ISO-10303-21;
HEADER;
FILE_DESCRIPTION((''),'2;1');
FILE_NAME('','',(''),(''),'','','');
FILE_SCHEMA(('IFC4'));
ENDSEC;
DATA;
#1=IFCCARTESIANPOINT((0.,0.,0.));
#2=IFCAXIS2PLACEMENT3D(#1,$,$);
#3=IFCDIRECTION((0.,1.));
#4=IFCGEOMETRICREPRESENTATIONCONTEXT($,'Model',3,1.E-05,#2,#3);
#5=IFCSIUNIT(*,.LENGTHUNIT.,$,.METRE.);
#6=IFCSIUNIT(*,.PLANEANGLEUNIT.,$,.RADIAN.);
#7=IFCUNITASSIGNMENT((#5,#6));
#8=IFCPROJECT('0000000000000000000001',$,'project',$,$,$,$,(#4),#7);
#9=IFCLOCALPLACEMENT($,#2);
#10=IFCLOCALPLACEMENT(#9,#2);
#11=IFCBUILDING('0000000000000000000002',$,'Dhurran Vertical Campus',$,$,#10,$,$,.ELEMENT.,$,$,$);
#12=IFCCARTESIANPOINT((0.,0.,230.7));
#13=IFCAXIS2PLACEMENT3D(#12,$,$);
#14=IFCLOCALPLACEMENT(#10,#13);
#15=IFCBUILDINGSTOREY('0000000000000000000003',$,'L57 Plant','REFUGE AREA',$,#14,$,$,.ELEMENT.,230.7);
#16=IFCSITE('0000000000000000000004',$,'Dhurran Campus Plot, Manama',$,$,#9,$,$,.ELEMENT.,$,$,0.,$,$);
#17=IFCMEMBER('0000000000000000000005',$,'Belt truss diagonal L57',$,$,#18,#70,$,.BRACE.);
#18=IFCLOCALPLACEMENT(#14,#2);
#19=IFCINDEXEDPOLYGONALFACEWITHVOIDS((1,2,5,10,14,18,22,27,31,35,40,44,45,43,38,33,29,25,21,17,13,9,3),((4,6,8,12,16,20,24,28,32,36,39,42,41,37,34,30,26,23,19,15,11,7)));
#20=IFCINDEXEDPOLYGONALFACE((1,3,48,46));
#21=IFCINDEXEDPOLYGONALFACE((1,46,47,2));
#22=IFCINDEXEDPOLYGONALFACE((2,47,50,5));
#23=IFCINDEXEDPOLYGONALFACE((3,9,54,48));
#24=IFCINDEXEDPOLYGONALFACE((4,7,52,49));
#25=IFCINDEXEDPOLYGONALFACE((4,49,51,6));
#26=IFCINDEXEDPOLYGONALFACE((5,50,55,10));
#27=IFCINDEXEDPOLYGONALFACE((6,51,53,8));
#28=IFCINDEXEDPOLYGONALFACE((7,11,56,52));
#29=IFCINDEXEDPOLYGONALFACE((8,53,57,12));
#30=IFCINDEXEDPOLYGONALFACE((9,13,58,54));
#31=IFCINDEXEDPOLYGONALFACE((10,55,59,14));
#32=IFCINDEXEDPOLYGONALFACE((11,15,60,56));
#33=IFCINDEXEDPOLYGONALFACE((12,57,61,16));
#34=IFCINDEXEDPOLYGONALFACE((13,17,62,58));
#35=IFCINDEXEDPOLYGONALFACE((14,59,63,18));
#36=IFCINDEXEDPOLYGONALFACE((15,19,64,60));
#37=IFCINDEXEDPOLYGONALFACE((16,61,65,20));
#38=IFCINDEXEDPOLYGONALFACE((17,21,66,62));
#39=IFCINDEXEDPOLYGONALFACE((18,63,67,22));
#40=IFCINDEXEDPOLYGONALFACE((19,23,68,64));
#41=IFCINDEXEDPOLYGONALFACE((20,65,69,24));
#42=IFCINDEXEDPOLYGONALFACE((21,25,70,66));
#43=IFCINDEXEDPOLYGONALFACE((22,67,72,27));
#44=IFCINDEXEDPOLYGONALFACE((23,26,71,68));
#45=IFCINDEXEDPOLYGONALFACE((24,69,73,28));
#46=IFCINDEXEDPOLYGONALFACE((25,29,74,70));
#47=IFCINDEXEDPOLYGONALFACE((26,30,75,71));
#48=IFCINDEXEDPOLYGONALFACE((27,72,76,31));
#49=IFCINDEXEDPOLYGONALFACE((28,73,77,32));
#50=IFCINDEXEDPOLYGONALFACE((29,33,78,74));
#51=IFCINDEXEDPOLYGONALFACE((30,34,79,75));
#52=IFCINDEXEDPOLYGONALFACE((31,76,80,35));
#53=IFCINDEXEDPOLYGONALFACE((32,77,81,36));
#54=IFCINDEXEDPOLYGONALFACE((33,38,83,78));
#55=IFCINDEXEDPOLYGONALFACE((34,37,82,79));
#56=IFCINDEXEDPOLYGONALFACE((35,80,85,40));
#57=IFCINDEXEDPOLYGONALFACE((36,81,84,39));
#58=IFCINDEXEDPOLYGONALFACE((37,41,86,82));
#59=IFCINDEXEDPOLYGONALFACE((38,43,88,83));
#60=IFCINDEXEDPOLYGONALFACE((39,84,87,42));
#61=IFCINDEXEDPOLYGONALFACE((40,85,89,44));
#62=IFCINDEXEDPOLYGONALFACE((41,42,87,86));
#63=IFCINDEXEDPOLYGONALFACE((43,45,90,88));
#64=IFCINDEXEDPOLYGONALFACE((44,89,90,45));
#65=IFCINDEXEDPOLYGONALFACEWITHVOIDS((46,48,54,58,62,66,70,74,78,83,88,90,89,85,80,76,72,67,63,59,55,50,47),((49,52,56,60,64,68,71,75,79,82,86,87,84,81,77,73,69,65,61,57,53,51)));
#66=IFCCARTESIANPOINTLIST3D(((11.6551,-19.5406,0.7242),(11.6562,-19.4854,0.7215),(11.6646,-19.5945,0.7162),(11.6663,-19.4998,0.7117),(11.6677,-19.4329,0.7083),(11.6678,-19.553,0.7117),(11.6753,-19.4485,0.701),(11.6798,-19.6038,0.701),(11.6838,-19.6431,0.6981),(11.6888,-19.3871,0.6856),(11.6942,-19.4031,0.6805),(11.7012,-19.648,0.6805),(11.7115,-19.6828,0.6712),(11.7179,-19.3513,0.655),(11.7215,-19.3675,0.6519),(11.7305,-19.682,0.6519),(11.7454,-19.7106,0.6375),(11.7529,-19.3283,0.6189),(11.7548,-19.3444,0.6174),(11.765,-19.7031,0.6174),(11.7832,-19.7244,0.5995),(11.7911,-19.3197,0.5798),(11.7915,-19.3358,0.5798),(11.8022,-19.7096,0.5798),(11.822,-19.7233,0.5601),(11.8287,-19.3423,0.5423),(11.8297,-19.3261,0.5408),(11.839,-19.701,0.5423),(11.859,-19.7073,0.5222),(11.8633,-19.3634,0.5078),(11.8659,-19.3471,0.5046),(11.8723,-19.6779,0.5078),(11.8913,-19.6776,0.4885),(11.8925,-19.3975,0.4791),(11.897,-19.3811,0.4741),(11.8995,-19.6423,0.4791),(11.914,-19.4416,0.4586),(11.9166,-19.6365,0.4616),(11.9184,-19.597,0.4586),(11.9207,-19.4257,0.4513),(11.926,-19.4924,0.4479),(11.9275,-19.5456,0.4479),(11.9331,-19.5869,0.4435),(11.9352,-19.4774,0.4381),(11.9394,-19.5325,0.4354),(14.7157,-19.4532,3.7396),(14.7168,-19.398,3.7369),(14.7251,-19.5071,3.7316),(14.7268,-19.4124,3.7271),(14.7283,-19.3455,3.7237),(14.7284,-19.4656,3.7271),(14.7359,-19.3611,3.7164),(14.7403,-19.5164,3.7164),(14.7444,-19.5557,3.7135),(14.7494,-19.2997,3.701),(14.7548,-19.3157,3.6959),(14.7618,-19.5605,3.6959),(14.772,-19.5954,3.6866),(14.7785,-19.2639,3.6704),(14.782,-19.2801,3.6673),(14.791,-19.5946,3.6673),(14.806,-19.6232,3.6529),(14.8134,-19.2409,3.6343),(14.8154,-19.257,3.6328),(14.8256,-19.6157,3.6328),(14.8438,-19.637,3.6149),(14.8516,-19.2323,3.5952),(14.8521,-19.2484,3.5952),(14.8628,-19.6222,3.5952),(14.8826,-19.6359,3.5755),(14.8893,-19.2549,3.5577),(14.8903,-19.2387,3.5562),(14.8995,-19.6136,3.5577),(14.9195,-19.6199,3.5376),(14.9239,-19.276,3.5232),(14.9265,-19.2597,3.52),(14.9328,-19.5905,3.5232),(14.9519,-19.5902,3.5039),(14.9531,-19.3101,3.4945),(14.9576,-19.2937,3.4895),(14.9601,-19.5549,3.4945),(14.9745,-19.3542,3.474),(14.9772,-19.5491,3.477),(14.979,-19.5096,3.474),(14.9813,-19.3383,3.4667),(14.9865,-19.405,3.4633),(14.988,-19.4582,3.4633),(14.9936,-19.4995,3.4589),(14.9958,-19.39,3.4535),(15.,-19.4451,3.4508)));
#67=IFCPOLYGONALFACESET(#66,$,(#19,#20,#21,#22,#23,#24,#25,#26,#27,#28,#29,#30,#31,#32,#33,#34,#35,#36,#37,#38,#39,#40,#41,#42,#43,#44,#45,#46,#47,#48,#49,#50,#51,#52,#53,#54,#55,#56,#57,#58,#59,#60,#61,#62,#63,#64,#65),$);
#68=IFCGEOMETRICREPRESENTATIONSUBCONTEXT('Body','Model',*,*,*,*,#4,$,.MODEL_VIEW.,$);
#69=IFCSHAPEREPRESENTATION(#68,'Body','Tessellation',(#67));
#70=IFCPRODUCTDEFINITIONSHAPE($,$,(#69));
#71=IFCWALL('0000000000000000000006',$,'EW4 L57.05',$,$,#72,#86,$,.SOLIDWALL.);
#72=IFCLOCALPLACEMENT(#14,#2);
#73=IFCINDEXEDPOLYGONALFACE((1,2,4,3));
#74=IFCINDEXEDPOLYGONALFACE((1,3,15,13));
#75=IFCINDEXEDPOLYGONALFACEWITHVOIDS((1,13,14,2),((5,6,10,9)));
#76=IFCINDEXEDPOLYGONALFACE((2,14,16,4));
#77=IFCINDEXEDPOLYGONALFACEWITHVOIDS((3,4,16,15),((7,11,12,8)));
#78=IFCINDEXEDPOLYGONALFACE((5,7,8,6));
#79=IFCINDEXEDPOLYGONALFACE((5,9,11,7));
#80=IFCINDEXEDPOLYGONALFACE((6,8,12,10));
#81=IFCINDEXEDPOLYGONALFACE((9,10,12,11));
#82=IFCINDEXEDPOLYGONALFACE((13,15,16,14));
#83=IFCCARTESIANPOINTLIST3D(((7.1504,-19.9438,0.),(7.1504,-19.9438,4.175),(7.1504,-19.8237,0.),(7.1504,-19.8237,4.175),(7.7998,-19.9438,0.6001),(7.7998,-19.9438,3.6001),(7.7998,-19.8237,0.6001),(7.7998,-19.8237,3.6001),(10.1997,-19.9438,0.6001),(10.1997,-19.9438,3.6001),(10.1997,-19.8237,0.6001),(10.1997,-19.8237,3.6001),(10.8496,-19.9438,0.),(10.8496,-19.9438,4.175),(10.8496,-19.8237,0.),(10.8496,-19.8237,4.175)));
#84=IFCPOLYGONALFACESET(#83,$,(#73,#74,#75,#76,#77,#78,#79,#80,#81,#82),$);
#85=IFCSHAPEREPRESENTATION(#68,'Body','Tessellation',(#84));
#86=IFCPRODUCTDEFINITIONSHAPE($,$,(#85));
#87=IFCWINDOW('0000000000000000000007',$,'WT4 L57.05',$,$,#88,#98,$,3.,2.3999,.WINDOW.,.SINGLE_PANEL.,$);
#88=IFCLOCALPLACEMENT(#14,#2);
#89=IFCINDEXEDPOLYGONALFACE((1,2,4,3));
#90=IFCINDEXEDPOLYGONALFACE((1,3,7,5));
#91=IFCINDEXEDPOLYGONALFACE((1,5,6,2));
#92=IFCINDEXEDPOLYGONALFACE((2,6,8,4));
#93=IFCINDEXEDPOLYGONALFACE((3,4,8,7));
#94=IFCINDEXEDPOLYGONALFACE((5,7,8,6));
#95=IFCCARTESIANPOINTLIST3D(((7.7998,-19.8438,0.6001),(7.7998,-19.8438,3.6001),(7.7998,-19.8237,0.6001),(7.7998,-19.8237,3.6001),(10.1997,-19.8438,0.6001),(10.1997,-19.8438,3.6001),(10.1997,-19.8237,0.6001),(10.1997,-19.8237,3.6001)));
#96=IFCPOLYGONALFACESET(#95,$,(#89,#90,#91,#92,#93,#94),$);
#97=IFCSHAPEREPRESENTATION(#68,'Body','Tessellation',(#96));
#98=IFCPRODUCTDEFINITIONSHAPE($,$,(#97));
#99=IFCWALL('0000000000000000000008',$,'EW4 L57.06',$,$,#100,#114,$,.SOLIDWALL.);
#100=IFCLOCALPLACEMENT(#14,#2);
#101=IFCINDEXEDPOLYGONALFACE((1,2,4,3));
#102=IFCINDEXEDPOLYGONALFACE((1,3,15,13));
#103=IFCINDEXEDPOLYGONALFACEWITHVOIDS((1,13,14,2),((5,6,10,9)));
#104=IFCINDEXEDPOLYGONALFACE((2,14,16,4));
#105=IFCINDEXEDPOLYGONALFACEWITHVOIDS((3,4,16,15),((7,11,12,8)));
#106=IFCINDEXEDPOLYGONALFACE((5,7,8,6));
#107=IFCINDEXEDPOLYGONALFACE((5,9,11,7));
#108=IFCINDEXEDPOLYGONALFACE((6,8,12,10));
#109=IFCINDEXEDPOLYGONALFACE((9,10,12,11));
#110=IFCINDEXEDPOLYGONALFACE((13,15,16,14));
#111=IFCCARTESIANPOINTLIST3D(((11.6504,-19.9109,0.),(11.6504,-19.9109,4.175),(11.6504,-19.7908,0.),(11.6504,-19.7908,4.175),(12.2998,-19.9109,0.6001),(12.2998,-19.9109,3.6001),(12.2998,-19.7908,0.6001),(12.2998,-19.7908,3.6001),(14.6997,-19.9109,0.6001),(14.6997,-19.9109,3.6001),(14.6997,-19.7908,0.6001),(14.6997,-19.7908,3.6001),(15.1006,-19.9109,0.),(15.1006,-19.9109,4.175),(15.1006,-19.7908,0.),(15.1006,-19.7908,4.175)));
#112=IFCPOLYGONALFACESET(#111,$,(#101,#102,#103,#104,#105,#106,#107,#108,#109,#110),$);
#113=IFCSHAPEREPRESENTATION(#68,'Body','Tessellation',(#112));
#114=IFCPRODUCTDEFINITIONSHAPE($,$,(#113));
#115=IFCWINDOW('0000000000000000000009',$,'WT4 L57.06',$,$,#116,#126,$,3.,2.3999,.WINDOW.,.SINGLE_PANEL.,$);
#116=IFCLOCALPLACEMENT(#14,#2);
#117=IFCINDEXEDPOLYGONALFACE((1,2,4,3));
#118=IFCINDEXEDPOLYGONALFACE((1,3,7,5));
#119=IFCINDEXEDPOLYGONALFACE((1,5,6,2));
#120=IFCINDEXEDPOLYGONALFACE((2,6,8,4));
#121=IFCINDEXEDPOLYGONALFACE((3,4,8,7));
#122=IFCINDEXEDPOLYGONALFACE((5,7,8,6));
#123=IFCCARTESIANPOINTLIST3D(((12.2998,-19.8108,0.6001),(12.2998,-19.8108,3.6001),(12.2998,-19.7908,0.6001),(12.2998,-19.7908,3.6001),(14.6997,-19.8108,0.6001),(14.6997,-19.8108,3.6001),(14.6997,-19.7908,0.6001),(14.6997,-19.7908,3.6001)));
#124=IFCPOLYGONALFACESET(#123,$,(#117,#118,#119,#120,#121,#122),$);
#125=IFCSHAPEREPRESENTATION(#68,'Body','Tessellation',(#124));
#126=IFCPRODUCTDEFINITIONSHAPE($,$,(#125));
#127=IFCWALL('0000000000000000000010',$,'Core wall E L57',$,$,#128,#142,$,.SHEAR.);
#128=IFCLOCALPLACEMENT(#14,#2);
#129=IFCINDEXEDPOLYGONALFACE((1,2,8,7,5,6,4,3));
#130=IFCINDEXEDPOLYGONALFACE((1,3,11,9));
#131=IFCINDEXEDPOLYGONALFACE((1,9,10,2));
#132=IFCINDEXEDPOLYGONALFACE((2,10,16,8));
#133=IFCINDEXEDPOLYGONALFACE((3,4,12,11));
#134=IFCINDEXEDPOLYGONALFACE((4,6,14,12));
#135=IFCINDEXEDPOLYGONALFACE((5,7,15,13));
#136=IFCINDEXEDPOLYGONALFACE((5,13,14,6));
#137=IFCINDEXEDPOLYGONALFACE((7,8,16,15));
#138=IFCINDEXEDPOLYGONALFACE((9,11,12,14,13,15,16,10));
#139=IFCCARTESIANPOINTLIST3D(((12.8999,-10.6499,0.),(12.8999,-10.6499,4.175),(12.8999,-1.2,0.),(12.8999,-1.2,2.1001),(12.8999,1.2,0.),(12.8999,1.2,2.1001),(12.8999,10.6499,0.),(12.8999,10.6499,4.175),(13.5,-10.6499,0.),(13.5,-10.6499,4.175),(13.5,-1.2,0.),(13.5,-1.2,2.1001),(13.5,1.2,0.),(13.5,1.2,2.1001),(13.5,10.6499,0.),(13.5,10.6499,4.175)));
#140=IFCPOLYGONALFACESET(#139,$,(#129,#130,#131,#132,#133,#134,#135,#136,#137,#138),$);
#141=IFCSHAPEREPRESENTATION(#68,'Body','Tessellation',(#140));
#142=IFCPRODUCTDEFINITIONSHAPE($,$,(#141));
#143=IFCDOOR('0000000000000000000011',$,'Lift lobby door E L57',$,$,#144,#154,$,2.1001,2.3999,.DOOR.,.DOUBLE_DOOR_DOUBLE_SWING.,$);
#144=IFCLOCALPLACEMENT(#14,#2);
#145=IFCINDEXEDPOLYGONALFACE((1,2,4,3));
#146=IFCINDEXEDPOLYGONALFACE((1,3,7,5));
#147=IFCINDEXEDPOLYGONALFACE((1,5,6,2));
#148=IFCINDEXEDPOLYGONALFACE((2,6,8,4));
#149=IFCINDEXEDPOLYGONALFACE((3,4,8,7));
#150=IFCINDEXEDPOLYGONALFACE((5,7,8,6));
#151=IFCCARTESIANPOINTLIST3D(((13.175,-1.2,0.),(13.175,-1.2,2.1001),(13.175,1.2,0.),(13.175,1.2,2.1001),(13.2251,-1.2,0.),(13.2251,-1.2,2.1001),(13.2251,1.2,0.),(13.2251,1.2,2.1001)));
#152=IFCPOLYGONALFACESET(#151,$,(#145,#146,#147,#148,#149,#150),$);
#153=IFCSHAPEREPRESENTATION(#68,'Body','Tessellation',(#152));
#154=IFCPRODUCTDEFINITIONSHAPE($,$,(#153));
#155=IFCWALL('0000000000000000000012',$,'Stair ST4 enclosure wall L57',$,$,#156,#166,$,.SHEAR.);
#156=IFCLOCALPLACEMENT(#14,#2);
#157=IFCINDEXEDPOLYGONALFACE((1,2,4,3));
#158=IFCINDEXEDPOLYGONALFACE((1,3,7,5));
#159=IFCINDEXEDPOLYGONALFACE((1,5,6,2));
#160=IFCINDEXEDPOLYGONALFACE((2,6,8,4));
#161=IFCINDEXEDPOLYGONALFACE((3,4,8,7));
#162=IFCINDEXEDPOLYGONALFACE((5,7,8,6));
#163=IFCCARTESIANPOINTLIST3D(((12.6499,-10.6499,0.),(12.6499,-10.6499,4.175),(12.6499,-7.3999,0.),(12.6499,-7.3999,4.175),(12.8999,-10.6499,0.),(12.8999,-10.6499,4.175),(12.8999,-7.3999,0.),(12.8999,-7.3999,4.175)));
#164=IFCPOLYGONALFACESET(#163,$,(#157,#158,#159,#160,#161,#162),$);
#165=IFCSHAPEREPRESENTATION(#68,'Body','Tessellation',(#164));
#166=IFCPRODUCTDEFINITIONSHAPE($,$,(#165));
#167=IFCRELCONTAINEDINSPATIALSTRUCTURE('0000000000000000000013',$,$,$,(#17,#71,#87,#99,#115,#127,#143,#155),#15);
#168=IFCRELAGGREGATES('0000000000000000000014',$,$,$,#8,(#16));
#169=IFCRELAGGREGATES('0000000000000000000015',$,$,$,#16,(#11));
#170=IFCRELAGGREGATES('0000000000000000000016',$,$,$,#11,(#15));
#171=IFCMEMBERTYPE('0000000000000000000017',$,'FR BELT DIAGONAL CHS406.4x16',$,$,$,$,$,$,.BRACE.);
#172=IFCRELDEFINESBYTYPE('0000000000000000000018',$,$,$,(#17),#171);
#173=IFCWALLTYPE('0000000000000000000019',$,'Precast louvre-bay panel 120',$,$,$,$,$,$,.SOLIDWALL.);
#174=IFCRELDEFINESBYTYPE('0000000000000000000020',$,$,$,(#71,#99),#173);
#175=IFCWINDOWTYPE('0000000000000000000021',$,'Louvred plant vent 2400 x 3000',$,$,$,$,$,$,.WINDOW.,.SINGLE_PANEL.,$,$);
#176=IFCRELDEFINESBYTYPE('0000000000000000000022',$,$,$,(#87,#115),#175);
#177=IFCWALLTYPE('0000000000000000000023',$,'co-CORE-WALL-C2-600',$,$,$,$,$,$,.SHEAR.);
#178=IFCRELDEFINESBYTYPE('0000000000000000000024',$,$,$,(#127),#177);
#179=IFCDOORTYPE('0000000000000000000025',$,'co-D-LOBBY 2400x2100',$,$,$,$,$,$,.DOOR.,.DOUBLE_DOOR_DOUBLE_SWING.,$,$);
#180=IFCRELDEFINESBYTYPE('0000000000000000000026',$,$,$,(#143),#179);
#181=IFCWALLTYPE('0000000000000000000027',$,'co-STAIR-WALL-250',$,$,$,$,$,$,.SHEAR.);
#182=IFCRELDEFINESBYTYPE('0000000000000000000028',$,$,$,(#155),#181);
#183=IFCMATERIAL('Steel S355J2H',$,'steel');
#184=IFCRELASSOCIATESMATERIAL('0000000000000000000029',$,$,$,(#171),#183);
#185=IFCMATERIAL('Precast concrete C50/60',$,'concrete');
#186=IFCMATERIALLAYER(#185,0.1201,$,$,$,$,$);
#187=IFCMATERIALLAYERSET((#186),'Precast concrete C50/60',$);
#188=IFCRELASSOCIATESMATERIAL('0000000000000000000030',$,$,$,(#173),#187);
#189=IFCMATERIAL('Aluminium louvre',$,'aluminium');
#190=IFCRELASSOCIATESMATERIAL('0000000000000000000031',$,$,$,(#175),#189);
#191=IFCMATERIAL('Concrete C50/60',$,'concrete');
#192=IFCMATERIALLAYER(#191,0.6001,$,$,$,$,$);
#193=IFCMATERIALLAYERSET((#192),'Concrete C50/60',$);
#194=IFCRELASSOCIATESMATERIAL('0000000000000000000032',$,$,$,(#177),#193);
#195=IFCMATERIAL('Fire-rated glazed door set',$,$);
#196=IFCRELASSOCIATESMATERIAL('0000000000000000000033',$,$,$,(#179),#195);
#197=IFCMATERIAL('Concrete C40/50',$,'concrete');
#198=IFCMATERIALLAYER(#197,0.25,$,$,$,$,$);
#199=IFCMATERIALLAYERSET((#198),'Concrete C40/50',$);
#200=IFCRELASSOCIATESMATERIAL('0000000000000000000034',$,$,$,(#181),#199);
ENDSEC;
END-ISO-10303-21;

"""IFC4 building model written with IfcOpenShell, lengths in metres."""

from ifc_helpers import new_model, si_unit, direction, frame, frame_2d, origin, origin_2d, place, context, subcontext, project, spatial, rectangle, hollow_circle, extrude, material, layer, layer_set, material_profile, profile_set, type_object, element, fill, save


model = new_model("IFC4")

# Units and contexts
model_context = context("Model", 3, precision=1e-05, world=origin(), true_north=direction((0.0, 1.0)))
body_context = subcontext(model_context, "Body", "Model", "MODEL_VIEW")
ifc_project = project(units=[si_unit("LENGTHUNIT", "METRE"), si_unit("PLANEANGLEUNIT", "RADIAN")], contexts=[model_context])

# Site, building, storey
site_placement = place(None, origin())
site = spatial("IfcSite", under=ifc_project, at=site_placement, Name="Dhurran Campus Plot, Manama", CompositionType="ELEMENT", RefElevation=0.0)
building_placement = place(site_placement, origin())
building = spatial("IfcBuilding", under=site, at=building_placement, Name="Dhurran Vertical Campus", CompositionType="ELEMENT")
storey_placement = place(building_placement, frame((0.0, 0.0, 230.7)))
storey = spatial("IfcBuildingStorey", under=building, at=storey_placement, Name="L57 Plant", Description="REFUGE AREA", CompositionType="ELEMENT", Elevation=230.7)

# Member
ifc_material_1 = material(Name="Steel S355J2H", Category="steel")
ifc_material_profile_1 = material_profile(ifc_material_1, hollow_circle(Radius=0.2031, WallThickness=0.0161, at=origin_2d()), Name="CHS406.4x16")
ifc_profile_set_1 = profile_set([ifc_material_profile_1], Name="Steel S355J2H")
member_type = type_object("IfcMemberType", Name="FR BELT DIAGONAL CHS406.4x16", PredefinedType="BRACE", material=ifc_profile_set_1)
member_1_placement = place(storey_placement, frame((11.7969, -19.5227, 0.5798), z_axis=(0.712196, 0.020339, 0.701686), x_axis=(-0.028546, 0.999592, 0.0)))
element("IfcMember", 1, at=member_1_placement, inside=storey, type_object=member_type, Name="Belt truss diagonal L57", PredefinedType="BRACE", context=body_context, shape_type="SweptSolid", body=[
    extrude(hollow_circle(Radius=0.2031, WallThickness=0.0161, at=origin_2d()), origin(), (0.0, 0.0, 1.0), 4.2974),
])

# Walls, openings, windows
ifc_material_2 = material(Name="Precast concrete C50/60", Category="concrete")
ifc_layer_1 = layer(ifc_material_2, 0.1201)
ifc_layer_set_1 = layer_set([ifc_layer_1], Name="Precast concrete C50/60")
wall_type_1 = type_object("IfcWallType", Name="Precast louvre-bay panel 120", PredefinedType="SOLIDWALL", material=ifc_layer_set_1)
wall_1_placement = place(storey_placement, frame((7.1504, -19.8838, 0.0), z_axis=(0.0, 0.0, 1.0), x_axis=(1.0, 0.0, 0.0)))
wall_1 = element("IfcWall", 2, at=wall_1_placement, inside=storey, type_object=wall_type_1, Name="EW4 L57.05", PredefinedType="SOLIDWALL", context=body_context, shape_type="SweptSolid", body=[
    extrude(rectangle(XDim=3.6992, YDim=0.1201, at=frame_2d((1.8496, 0.0))), origin(), (0.0, 0.0, 1.0), 4.175),
])
opening_1_placement = place(wall_1_placement, frame((0.6494, 0.0, 0.6001)))
opening_1 = element("IfcOpeningElement", 3, at=opening_1_placement, cuts=wall_1, PredefinedType="OPENING", context=body_context, shape_type="SweptSolid", body=[
    extrude(rectangle(XDim=2.3999, YDim=3.0, at=frame_2d((1.2, 1.5))), frame((0.0, 0.0701, 0.0), z_axis=(0.0, -1.0, 0.0), x_axis=(1.0, 0.0, 0.0)), (0.0, 0.0, 1.0), 0.1401),
])
ifc_material_3 = material(Name="Aluminium louvre", Category="aluminium")
window_type = type_object("IfcWindowType", Name="Louvred plant vent 2400 x 3000", PartitioningType="SINGLE_PANEL", PredefinedType="WINDOW", material=ifc_material_3)
window_1_placement = place(opening_1_placement, origin())
window_1 = element("IfcWindow", 4, at=window_1_placement, inside=storey, type_object=window_type, Name="WT4 L57.05", OverallHeight=3.0, OverallWidth=2.3999, PartitioningType="SINGLE_PANEL", PredefinedType="WINDOW", context=body_context, shape_type="SweptSolid", body=[
    extrude(rectangle(XDim=2.3999, YDim=3.0, at=frame_2d((1.2, 1.5))), frame((0.0, 0.0601, 0.0), z_axis=(0.0, -1.0, 0.0), x_axis=(1.0, 0.0, 0.0)), (0.0, 0.0, 1.0), 0.02),
])
fill(opening_1, window_1)
wall_2_placement = place(storey_placement, frame((11.6504, -19.8508, 0.0), z_axis=(0.0, 0.0, 1.0), x_axis=(1.0, 0.0, 0.0)))
wall_2 = element("IfcWall", 5, at=wall_2_placement, inside=storey, type_object=wall_type_1, Name="EW4 L57.06", PredefinedType="SOLIDWALL", context=body_context, shape_type="SweptSolid", body=[
    extrude(rectangle(XDim=3.4502, YDim=0.1201, at=frame_2d((1.7251, 0.0))), origin(), (0.0, 0.0, 1.0), 4.175),
])
opening_2_placement = place(wall_2_placement, frame((0.6494, 0.0, 0.6001)))
opening_2 = element("IfcOpeningElement", 6, at=opening_2_placement, cuts=wall_2, PredefinedType="OPENING", context=body_context, shape_type="SweptSolid", body=[
    extrude(rectangle(XDim=2.3999, YDim=3.0, at=frame_2d((1.2, 1.5))), frame((0.0, 0.0701, 0.0), z_axis=(0.0, -1.0, 0.0), x_axis=(1.0, 0.0, 0.0)), (0.0, 0.0, 1.0), 0.1401),
])
window_2_placement = place(opening_2_placement, origin())
window_2 = element("IfcWindow", 7, at=window_2_placement, inside=storey, type_object=window_type, Name="WT4 L57.06", OverallHeight=3.0, OverallWidth=2.3999, PartitioningType="SINGLE_PANEL", PredefinedType="WINDOW", context=body_context, shape_type="SweptSolid", body=[
    extrude(rectangle(XDim=2.3999, YDim=3.0, at=frame_2d((1.2, 1.5))), frame((0.0, 0.0601, 0.0), z_axis=(0.0, -1.0, 0.0), x_axis=(1.0, 0.0, 0.0)), (0.0, 0.0, 1.0), 0.02),
])
fill(opening_2, window_2)

# Wall, opening, door
ifc_material_4 = material(Name="Concrete C50/60", Category="concrete")
ifc_layer_2 = layer(ifc_material_4, 0.6001)
ifc_layer_set_2 = layer_set([ifc_layer_2], Name="Concrete C50/60")
wall_type_2 = type_object("IfcWallType", Name="co-CORE-WALL-C2-600", PredefinedType="SHEAR", material=ifc_layer_set_2)
wall_3_placement = place(storey_placement, frame((13.2, -10.6499, 0.0), z_axis=(0.0, 0.0, 1.0), x_axis=(0.0, 1.0, 0.0)))
wall_3 = element("IfcWall", 8, at=wall_3_placement, inside=storey, type_object=wall_type_2, Name="Core wall E L57", PredefinedType="SHEAR", context=body_context, shape_type="SweptSolid", body=[
    extrude(rectangle(XDim=21.2998, YDim=0.6001, at=frame_2d((10.6499, 0.0))), origin(), (0.0, 0.0, 1.0), 4.175),
])
opening_3_placement = place(wall_3_placement, frame((9.45, 0.0, 0.0)))
opening_3 = element("IfcOpeningElement", 9, at=opening_3_placement, cuts=wall_3, PredefinedType="OPENING", context=body_context, shape_type="SweptSolid", body=[
    extrude(rectangle(XDim=2.3999, YDim=2.1001, at=frame_2d((1.2, 1.05))), frame((0.0, 0.3101, 0.0), z_axis=(0.0, -1.0, 0.0), x_axis=(1.0, 0.0, 0.0)), (0.0, 0.0, 1.0), 0.6201),
])
ifc_material_5 = material(Name="Fire-rated glazed door set")
door_type = type_object("IfcDoorType", Name="co-D-LOBBY 2400x2100", OperationType="DOUBLE_DOOR_DOUBLE_SWING", PredefinedType="DOOR", material=ifc_material_5)
door_placement = place(opening_3_placement, origin())
door = element("IfcDoor", 10, at=door_placement, inside=storey, type_object=door_type, Name="Lift lobby door E L57", OperationType="DOUBLE_DOOR_DOUBLE_SWING", OverallHeight=2.1001, OverallWidth=2.3999, PredefinedType="DOOR", context=body_context, shape_type="SweptSolid", body=[
    extrude(rectangle(XDim=2.3999, YDim=2.1001, at=frame_2d((1.2, 1.05))), frame((0.0, 0.0249, 0.0), z_axis=(0.0, -1.0, 0.0), x_axis=(1.0, 0.0, 0.0)), (0.0, 0.0, 1.0), 0.05),
])
fill(opening_3, door)

# Wall
ifc_material_6 = material(Name="Concrete C40/50", Category="concrete")
ifc_layer_3 = layer(ifc_material_6, 0.25)
ifc_layer_set_3 = layer_set([ifc_layer_3], Name="Concrete C40/50")
wall_type_3 = type_object("IfcWallType", Name="co-STAIR-WALL-250", PredefinedType="SHEAR", material=ifc_layer_set_3)
wall_4_placement = place(storey_placement, frame((12.7749, -10.6499, 0.0), z_axis=(0.0, 0.0, 1.0), x_axis=(0.0, 1.0, 0.0)))
element("IfcWall", 11, at=wall_4_placement, inside=storey, type_object=wall_type_3, Name="Stair ST4 enclosure wall L57", PredefinedType="SHEAR", context=body_context, shape_type="SweptSolid", body=[
    extrude(rectangle(XDim=3.25, YDim=0.25, at=frame_2d((1.625, 0.0))), origin(), (0.0, 0.0, 1.0), 4.175),
])

save(model, "model.ifc")
